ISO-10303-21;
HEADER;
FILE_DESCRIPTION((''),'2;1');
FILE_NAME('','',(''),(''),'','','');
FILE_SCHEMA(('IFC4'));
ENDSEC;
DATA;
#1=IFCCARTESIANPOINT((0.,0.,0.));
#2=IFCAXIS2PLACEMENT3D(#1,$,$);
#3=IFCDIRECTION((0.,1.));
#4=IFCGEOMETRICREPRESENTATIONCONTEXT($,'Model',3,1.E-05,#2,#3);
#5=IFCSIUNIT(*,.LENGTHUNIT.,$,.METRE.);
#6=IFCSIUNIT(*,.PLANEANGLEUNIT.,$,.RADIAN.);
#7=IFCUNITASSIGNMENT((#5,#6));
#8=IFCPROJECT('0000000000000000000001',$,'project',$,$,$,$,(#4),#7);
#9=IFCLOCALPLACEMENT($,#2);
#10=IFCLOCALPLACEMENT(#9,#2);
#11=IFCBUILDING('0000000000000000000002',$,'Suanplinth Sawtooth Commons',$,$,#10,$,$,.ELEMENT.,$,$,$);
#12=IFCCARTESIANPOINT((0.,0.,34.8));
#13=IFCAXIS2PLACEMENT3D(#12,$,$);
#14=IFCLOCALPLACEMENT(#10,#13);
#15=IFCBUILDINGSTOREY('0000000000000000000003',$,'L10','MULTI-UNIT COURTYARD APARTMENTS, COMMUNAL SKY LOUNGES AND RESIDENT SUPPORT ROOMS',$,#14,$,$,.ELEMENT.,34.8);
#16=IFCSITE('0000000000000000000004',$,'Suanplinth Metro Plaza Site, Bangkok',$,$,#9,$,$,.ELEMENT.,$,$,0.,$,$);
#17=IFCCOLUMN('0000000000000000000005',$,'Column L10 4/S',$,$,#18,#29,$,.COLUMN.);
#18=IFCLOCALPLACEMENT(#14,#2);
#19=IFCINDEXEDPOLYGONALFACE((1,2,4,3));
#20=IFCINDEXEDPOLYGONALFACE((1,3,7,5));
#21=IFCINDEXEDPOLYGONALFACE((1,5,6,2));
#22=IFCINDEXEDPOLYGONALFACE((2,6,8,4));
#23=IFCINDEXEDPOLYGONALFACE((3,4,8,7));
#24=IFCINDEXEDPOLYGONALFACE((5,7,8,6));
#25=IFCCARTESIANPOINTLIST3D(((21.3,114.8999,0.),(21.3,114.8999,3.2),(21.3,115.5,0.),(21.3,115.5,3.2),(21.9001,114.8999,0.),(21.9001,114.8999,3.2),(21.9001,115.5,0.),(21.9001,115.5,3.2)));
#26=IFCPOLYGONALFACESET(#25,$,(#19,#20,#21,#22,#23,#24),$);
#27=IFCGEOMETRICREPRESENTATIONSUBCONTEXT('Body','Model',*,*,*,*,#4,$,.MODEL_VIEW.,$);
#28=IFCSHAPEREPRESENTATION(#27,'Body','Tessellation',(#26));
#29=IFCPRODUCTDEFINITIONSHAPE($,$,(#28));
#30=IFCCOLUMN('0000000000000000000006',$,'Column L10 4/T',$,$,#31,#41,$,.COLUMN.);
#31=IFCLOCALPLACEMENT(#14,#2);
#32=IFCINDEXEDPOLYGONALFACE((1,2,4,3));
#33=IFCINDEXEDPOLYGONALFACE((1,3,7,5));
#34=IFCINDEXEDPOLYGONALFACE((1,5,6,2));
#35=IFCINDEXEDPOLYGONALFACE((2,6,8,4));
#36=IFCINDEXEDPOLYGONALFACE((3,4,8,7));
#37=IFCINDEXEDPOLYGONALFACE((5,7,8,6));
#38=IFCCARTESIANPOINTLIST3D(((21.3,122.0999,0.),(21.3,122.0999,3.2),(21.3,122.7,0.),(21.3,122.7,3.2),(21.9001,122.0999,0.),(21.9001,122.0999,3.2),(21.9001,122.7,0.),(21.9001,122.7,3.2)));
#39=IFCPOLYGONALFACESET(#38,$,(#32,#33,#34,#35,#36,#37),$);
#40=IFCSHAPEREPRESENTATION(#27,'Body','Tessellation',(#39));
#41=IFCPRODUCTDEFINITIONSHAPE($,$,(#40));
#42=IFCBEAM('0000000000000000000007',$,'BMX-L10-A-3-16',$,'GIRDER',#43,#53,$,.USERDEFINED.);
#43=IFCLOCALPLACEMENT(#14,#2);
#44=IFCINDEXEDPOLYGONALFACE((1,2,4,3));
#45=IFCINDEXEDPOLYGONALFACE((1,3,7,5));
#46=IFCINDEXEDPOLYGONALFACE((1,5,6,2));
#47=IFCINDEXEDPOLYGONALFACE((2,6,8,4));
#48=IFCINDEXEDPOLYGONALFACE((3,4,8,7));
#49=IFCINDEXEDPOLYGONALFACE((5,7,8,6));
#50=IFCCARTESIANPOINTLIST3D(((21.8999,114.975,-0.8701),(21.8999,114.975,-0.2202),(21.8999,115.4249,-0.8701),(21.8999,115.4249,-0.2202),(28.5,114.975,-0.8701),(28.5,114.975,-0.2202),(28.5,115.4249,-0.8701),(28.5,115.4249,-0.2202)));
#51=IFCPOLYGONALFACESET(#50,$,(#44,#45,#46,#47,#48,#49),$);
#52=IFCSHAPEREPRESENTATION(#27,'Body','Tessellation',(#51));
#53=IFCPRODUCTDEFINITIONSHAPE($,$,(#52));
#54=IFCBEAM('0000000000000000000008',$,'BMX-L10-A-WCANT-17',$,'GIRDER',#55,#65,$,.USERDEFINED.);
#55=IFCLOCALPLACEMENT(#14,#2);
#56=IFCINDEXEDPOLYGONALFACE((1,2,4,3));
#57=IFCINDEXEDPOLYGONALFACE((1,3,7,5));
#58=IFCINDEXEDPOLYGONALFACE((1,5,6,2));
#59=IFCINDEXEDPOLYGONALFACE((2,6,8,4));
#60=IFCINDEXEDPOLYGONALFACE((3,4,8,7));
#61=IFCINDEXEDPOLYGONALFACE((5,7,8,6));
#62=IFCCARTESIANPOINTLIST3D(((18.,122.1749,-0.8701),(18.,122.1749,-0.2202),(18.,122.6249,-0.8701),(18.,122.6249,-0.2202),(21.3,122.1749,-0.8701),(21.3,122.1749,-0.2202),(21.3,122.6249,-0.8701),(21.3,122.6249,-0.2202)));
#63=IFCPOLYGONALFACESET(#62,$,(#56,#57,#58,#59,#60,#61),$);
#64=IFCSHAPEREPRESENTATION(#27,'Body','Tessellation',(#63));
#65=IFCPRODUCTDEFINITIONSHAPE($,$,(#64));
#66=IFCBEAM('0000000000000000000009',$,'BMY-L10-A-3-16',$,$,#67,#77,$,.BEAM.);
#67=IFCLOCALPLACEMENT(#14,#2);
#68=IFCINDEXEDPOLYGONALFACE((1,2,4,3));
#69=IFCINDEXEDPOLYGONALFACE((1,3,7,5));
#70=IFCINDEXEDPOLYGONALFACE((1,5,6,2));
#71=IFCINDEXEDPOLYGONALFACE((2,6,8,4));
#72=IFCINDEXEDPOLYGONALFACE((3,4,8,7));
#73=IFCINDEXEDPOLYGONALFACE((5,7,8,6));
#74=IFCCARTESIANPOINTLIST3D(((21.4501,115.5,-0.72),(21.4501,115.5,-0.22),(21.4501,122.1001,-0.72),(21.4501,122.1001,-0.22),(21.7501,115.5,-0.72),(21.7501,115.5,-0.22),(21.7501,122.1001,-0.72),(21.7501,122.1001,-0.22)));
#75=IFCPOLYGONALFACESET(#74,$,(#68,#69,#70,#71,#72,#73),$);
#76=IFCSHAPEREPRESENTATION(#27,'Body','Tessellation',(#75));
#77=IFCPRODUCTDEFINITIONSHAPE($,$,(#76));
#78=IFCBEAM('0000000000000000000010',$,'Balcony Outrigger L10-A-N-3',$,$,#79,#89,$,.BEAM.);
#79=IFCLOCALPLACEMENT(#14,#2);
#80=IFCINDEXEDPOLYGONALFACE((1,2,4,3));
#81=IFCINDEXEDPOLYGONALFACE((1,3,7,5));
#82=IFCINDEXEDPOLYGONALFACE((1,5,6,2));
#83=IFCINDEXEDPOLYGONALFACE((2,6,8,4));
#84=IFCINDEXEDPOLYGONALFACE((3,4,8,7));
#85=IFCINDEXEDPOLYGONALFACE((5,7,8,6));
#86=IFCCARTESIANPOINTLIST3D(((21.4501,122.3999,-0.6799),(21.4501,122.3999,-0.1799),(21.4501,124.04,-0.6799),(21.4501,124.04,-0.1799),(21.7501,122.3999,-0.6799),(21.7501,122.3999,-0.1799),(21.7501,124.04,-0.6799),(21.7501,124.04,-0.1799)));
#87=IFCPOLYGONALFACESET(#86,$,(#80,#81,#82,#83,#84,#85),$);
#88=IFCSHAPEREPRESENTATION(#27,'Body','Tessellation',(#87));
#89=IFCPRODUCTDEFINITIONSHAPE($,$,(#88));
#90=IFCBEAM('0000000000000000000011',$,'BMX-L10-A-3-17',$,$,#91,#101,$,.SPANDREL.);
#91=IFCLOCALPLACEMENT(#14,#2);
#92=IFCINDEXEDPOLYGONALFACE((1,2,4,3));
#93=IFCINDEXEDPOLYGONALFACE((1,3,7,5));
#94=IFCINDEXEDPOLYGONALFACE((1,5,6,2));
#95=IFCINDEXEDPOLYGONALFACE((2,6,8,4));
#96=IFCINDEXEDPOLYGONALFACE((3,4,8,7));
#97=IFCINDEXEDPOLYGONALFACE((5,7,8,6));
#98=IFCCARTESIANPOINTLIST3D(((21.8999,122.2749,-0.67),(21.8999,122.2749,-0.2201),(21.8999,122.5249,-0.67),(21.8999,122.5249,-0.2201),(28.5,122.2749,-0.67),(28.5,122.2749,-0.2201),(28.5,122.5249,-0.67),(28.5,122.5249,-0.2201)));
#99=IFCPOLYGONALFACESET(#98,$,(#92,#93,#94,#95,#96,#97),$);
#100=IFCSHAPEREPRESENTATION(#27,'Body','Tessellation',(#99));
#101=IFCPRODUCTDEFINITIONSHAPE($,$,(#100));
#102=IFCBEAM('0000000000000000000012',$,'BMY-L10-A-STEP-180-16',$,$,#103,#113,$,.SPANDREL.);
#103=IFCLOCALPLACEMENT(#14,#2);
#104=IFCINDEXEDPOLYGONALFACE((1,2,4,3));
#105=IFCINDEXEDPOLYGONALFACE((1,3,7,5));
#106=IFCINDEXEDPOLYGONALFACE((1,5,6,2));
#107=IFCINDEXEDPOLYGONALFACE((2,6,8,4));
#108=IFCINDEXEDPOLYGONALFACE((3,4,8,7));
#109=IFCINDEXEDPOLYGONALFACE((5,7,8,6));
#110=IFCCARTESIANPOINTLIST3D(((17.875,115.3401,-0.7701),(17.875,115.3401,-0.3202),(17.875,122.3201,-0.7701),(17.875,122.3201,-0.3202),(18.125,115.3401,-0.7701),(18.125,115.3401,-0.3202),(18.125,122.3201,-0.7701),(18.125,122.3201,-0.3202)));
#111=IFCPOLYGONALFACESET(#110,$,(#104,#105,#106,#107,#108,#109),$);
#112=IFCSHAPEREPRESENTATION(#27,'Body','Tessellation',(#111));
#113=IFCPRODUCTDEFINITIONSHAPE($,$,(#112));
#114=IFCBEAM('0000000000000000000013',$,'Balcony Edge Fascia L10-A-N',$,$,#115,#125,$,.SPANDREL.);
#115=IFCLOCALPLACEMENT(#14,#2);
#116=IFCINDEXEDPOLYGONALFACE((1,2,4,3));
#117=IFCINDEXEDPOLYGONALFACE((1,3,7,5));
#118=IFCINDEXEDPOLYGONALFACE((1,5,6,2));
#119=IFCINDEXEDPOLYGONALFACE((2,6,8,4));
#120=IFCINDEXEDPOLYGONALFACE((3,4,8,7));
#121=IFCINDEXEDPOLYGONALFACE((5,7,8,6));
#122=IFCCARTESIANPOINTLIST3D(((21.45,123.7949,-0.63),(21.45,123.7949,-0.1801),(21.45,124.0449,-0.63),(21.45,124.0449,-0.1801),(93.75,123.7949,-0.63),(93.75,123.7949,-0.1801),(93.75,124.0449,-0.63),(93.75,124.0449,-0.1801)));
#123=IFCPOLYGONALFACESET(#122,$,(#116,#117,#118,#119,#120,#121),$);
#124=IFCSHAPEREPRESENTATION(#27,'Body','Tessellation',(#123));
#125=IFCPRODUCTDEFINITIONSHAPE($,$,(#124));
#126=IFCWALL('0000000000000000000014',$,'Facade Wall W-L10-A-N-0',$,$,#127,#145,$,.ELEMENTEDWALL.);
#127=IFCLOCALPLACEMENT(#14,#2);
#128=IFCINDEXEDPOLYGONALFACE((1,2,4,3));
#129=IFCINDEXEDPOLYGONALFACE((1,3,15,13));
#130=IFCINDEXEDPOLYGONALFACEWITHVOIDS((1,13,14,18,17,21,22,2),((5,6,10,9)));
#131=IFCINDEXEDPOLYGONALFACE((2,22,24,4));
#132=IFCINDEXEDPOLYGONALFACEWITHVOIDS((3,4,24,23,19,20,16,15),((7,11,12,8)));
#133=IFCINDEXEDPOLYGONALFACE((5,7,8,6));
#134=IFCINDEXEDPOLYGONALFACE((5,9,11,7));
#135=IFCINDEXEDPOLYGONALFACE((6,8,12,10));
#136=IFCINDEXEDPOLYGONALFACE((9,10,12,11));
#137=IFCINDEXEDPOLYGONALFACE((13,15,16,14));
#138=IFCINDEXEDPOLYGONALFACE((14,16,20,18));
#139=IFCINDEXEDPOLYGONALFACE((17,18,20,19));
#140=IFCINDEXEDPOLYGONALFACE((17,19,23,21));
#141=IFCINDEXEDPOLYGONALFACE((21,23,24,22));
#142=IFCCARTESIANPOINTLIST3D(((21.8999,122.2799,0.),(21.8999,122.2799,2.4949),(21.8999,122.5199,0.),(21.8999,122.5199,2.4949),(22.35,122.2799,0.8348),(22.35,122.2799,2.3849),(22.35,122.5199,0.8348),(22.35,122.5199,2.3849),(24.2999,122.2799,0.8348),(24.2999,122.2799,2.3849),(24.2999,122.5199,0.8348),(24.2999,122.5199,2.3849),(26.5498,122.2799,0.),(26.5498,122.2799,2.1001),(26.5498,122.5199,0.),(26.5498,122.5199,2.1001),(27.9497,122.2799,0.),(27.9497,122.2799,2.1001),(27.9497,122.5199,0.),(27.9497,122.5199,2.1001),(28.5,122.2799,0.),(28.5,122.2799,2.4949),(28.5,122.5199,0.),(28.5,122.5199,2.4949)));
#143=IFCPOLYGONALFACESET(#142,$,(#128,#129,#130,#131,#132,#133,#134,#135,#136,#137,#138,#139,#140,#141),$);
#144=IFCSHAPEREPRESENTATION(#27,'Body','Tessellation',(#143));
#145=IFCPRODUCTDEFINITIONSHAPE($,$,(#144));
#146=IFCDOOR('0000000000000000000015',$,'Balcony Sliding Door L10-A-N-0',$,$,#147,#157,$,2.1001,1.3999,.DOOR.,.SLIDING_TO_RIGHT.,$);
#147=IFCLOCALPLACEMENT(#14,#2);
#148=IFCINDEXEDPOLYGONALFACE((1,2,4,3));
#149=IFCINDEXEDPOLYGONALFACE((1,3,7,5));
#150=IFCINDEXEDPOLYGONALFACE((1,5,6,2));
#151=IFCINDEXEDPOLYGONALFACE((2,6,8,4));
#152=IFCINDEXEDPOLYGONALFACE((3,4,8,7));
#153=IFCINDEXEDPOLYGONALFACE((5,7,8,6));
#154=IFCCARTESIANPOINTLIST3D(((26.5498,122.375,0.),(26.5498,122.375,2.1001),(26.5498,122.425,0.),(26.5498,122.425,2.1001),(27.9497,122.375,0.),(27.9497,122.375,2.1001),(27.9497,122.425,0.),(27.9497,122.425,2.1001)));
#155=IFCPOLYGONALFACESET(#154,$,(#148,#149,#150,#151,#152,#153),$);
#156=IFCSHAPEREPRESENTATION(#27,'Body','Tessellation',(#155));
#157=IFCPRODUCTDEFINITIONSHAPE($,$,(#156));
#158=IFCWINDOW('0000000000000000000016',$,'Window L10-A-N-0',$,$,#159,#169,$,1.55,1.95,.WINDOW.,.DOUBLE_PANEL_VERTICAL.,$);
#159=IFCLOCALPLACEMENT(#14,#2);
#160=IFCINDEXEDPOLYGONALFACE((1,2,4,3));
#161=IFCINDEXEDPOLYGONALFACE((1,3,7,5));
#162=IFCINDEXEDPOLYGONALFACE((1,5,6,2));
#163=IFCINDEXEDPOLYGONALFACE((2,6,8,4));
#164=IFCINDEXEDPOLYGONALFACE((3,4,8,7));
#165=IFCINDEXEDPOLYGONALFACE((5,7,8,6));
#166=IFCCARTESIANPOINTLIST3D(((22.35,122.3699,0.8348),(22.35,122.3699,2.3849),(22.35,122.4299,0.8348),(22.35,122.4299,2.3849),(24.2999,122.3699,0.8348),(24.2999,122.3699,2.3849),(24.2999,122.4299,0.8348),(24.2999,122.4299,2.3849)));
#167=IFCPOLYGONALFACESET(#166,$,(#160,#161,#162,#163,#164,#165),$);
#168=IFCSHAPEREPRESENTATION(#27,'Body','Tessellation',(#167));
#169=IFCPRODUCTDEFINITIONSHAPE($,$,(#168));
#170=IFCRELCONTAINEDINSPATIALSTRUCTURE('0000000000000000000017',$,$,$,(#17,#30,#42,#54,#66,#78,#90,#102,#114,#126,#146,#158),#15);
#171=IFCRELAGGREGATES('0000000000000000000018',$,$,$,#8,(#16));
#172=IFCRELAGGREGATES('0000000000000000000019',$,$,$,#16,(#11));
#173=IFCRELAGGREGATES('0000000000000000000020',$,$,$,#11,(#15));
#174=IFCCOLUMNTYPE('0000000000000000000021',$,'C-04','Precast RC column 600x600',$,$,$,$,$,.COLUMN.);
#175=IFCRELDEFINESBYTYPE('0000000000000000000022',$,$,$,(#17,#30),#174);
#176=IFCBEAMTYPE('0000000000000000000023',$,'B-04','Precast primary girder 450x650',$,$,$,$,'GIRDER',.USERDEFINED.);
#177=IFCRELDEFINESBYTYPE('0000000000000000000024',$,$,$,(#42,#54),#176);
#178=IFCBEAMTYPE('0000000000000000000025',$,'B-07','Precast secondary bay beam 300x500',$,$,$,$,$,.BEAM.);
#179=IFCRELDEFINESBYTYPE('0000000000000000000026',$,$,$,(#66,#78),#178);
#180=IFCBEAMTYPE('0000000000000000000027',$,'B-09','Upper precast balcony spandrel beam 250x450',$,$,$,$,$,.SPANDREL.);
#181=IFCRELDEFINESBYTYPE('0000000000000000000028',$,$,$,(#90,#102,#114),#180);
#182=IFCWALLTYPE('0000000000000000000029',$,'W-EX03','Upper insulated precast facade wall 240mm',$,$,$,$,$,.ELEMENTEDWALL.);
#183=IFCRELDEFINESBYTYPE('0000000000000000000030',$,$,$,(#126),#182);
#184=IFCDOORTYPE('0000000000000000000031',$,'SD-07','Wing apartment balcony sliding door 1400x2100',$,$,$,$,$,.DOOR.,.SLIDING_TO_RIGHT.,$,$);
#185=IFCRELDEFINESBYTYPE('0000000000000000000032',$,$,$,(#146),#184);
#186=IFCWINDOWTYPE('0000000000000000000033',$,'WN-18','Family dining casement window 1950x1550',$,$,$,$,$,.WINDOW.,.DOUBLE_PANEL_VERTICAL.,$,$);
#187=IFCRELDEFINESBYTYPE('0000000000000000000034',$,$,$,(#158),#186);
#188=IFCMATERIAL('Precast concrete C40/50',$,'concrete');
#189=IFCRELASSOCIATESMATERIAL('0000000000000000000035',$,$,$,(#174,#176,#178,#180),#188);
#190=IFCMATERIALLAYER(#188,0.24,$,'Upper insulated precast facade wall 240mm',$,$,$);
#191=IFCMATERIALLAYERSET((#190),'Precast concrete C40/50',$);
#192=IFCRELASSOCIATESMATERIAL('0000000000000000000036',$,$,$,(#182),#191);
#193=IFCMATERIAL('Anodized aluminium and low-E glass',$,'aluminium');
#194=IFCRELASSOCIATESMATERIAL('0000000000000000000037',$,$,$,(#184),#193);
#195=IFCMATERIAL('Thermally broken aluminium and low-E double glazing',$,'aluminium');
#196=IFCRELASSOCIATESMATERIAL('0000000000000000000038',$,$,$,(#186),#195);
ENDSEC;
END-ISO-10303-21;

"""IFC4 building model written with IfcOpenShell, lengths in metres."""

from ifc_helpers import new_model, si_unit, direction, frame, frame_2d, origin, origin_2d, place, context, subcontext, project, spatial, rectangle, extrude, material, layer, layer_set, material_profile, profile_set, type_object, element, fill, save


model = new_model("IFC4")

# Units and contexts
model_context = context("Model", 3, precision=1e-05, world=origin(), true_north=direction((0.0, 1.0)))
body_context = subcontext(model_context, "Body", "Model", "MODEL_VIEW")
ifc_project = project(units=[si_unit("LENGTHUNIT", "METRE"), si_unit("PLANEANGLEUNIT", "RADIAN")], contexts=[model_context])

# Site, building, storey
site_placement = place(None, origin())
site = spatial("IfcSite", under=ifc_project, at=site_placement, Name="Suanplinth Metro Plaza Site, Bangkok", CompositionType="ELEMENT", RefElevation=0.0)
building_placement = place(site_placement, origin())
building = spatial("IfcBuilding", under=site, at=building_placement, Name="Suanplinth Sawtooth Commons", CompositionType="ELEMENT")
storey_placement = place(building_placement, frame((0.0, 0.0, 34.8)))
storey = spatial("IfcBuildingStorey", under=building, at=storey_placement, Name="L10", Description="MULTI-UNIT COURTYARD APARTMENTS, COMMUNAL SKY LOUNGES AND RESIDENT SUPPORT ROOMS", CompositionType="ELEMENT", Elevation=34.8)

# Columns
ifc_material_1 = material(Name="Precast concrete C40/50", Category="concrete")
ifc_material_profile_1 = material_profile(ifc_material_1, rectangle(XDim=0.6001, YDim=0.6001, at=origin_2d()), Name="PC-COL 600x600")
ifc_profile_set_1 = profile_set([ifc_material_profile_1], Name="Precast concrete C40/50")
column_type = type_object("IfcColumnType", Name="C-04", Description="Precast RC column 600x600", PredefinedType="COLUMN", material=ifc_profile_set_1)
for number, where, z_axis, x_axis, name in (
    (1, (21.6001, 115.2, 0.0), (0.0, 0.0, 1.0), (1.0, 0.0, 0.0), "Column L10 4/S"),
    (2, (21.6001, 122.3999, 0.0), (0.0, 0.0, 1.0), (1.0, 0.0, 0.0), "Column L10 4/T"),
):
    element("IfcColumn", number, at=place(storey_placement, frame(where, z_axis=z_axis, x_axis=x_axis)), inside=storey, type_object=column_type, Name=name, PredefinedType="COLUMN", context=body_context, shape_type="SweptSolid", body=[
        extrude(rectangle(XDim=0.6001, YDim=0.6001, at=origin_2d()), origin(), (0.0, 0.0, 1.0), 3.2),
    ])

# Beams
ifc_material_profile_2 = material_profile(ifc_material_1, rectangle(XDim=0.45, YDim=0.6499, at=origin_2d()), Name="PC-GDR 450x650")
ifc_profile_set_2 = profile_set([ifc_material_profile_2], Name="Precast concrete C40/50")
beam_type_1 = type_object("IfcBeamType", Name="B-04", Description="Precast primary girder 450x650", ElementType="GIRDER", PredefinedType="USERDEFINED", material=ifc_profile_set_2)
beam_1_placement = place(storey_placement, frame((21.8999, 115.2, -0.5452), z_axis=(1.0, 0.0, 0.0), x_axis=(0.0, 1.0, 0.0)))
element("IfcBeam", 3, at=beam_1_placement, inside=storey, type_object=beam_type_1, Name="BMX-L10-A-3-16", ObjectType="GIRDER", PredefinedType="USERDEFINED", context=body_context, shape_type="SweptSolid", body=[
    extrude(rectangle(XDim=0.45, YDim=0.6499, at=origin_2d()), origin(), (0.0, 0.0, 1.0), 6.6001),
])
beam_2_placement = place(storey_placement, frame((21.3, 122.3999, -0.5452), z_axis=(-1.0, 0.0, 0.0), x_axis=(0.0, -1.0, 0.0)))
element("IfcBeam", 4, at=beam_2_placement, inside=storey, type_object=beam_type_1, Name="BMX-L10-A-WCANT-17", ObjectType="GIRDER", PredefinedType="USERDEFINED", context=body_context, shape_type="SweptSolid", body=[
    extrude(rectangle(XDim=0.45, YDim=0.6499, at=origin_2d()), origin(), (0.0, 0.0, 1.0), 3.3),
])
ifc_material_profile_3 = material_profile(ifc_material_1, rectangle(XDim=0.3, YDim=0.5, at=origin_2d()), Name="PC-BM 300x500")
ifc_profile_set_3 = profile_set([ifc_material_profile_3], Name="Precast concrete C40/50")
beam_type_2 = type_object("IfcBeamType", Name="B-07", Description="Precast secondary bay beam 300x500", PredefinedType="BEAM", material=ifc_profile_set_3)
beam_3_placement = place(storey_placement, frame((21.6001, 115.5, -0.47), z_axis=(0.0, 1.0, 0.0), x_axis=(-1.0, 0.0, 0.0)))
element("IfcBeam", 5, at=beam_3_placement, inside=storey, type_object=beam_type_2, Name="BMY-L10-A-3-16", PredefinedType="BEAM", context=body_context, shape_type="SweptSolid", body=[
    extrude(rectangle(XDim=0.3, YDim=0.5, at=origin_2d()), origin(), (0.0, 0.0, 1.0), 6.6001),
])
beam_4_placement = place(storey_placement, frame((21.6001, 122.3999, -0.4299), z_axis=(0.0, 1.0, 0.0), x_axis=(-1.0, 0.0, 0.0)))
element("IfcBeam", 6, at=beam_4_placement, inside=storey, type_object=beam_type_2, Name="Balcony Outrigger L10-A-N-3", PredefinedType="BEAM", context=body_context, shape_type="SweptSolid", body=[
    extrude(rectangle(XDim=0.3, YDim=0.5, at=origin_2d()), origin(), (0.0, 0.0, 1.0), 1.6401),
])
ifc_material_profile_4 = material_profile(ifc_material_1, rectangle(XDim=0.25, YDim=0.45, at=origin_2d()), Name="PC-SP 250x450")
ifc_profile_set_4 = profile_set([ifc_material_profile_4], Name="Precast concrete C40/50")
beam_type_3 = type_object("IfcBeamType", Name="B-09", Description="Upper precast balcony spandrel beam 250x450", PredefinedType="SPANDREL", material=ifc_profile_set_4)
beam_5_placement = place(storey_placement, frame((21.8999, 122.3999, -0.4451), z_axis=(1.0, 0.0, 0.0), x_axis=(0.0, 1.0, 0.0)))
element("IfcBeam", 7, at=beam_5_placement, inside=storey, type_object=beam_type_3, Name="BMX-L10-A-3-17", PredefinedType="SPANDREL", context=body_context, shape_type="SweptSolid", body=[
    extrude(rectangle(XDim=0.25, YDim=0.45, at=origin_2d()), origin(), (0.0, 0.0, 1.0), 6.6001),
])
beam_6_placement = place(storey_placement, frame((18.0, 115.3401, -0.5452), z_axis=(0.0, 1.0, 0.0), x_axis=(-1.0, 0.0, 0.0)))
element("IfcBeam", 8, at=beam_6_placement, inside=storey, type_object=beam_type_3, Name="BMY-L10-A-STEP-180-16", PredefinedType="SPANDREL", context=body_context, shape_type="SweptSolid", body=[
    extrude(rectangle(XDim=0.25, YDim=0.45, at=origin_2d()), origin(), (0.0, 0.0, 1.0), 6.98),
])
beam_7_placement = place(storey_placement, frame((21.45, 123.9199, -0.405), z_axis=(1.0, 0.0, 0.0), x_axis=(0.0, 1.0, 0.0)))
element("IfcBeam", 9, at=beam_7_placement, inside=storey, type_object=beam_type_3, Name="Balcony Edge Fascia L10-A-N", PredefinedType="SPANDREL", context=body_context, shape_type="SweptSolid", body=[
    extrude(rectangle(XDim=0.25, YDim=0.45, at=origin_2d()), origin(), (0.0, 0.0, 1.0), 72.3),
])

# Wall, openings, door, window
ifc_layer_1 = layer(ifc_material_1, 0.24, Name="Upper insulated precast facade wall 240mm")
ifc_layer_set_1 = layer_set([ifc_layer_1], Name="Precast concrete C40/50")
wall_type_1 = type_object("IfcWallType", Name="W-EX03", Description="Upper insulated precast facade wall 240mm", PredefinedType="ELEMENTEDWALL", material=ifc_layer_set_1)
wall_1_placement = place(storey_placement, frame((21.8999, 122.3999, 0.0), z_axis=(0.0, 0.0, 1.0), x_axis=(1.0, 0.0, 0.0)))
wall_1 = element("IfcWall", 10, at=wall_1_placement, inside=storey, type_object=wall_type_1, Name="Facade Wall W-L10-A-N-0", PredefinedType="ELEMENTEDWALL", context=body_context, shape_type="SweptSolid", body=[
    extrude(rectangle(XDim=6.6001, YDim=0.24, at=frame_2d((3.3, 0.0))), origin(), (0.0, 0.0, 1.0), 2.4949),
])
opening_1_placement = place(wall_1_placement, frame((4.6499, 0.0, 0.0)))
opening_1 = element("IfcOpeningElement", 11, at=opening_1_placement, cuts=wall_1, PredefinedType="OPENING", context=body_context, shape_type="SweptSolid", body=[
    extrude(rectangle(XDim=1.3999, YDim=2.1001, at=frame_2d((0.7, 1.05))), frame((0.0, 0.1348, 0.0), z_axis=(0.0, -1.0, 0.0), x_axis=(1.0, 0.0, 0.0)), (0.0, 0.0, 1.0), 0.2698),
])
opening_2_placement = place(wall_1_placement, frame((0.45, 0.0, 0.835)))
opening_2 = element("IfcOpeningElement", 12, at=opening_2_placement, cuts=wall_1, PredefinedType="OPENING", context=body_context, shape_type="SweptSolid", body=[
    extrude(rectangle(XDim=1.95, YDim=1.55, at=frame_2d((0.9751, 0.7749))), frame((0.0, 0.1348, 0.0), z_axis=(0.0, -1.0, 0.0), x_axis=(1.0, 0.0, 0.0)), (0.0, 0.0, 1.0), 0.2698),
])
ifc_material_2 = material(Name="Anodized aluminium and low-E glass", Category="aluminium")
door_type_1 = type_object("IfcDoorType", Name="SD-07", Description="Wing apartment balcony sliding door 1400x2100", OperationType="SLIDING_TO_RIGHT", PredefinedType="DOOR", material=ifc_material_2)
door_1_placement = place(opening_1_placement, frame((1.3999, 0.0, 0.0), z_axis=(0.0, 0.0, 1.0), x_axis=(-1.0, 0.0, 0.0)))
door_1 = element("IfcDoor", 13, at=door_1_placement, inside=storey, type_object=door_type_1, Name="Balcony Sliding Door L10-A-N-0", OperationType="SLIDING_TO_RIGHT", OverallHeight=2.1001, OverallWidth=1.3999, PredefinedType="DOOR", context=body_context, shape_type="SweptSolid", body=[
    extrude(rectangle(XDim=1.3999, YDim=2.1001, at=frame_2d((0.7, 1.05))), frame((0.0, 0.0249, 0.0), z_axis=(0.0, -1.0, 0.0), x_axis=(1.0, 0.0, 0.0)), (0.0, 0.0, 1.0), 0.05),
])
fill(opening_1, door_1)
ifc_material_3 = material(Name="Thermally broken aluminium and low-E double glazing", Category="aluminium")
window_type = type_object("IfcWindowType", Name="WN-18", Description="Family dining casement window 1950x1550", PartitioningType="DOUBLE_PANEL_VERTICAL", PredefinedType="WINDOW", material=ifc_material_3)
window_placement = place(opening_2_placement, origin())
window = element("IfcWindow", 14, at=window_placement, inside=storey, type_object=window_type, Name="Window L10-A-N-0", OverallHeight=1.55, OverallWidth=1.95, PartitioningType="DOUBLE_PANEL_VERTICAL", PredefinedType="WINDOW", context=body_context, shape_type="SweptSolid", body=[
    extrude(rectangle(XDim=1.95, YDim=1.55, at=frame_2d((0.9751, 0.7749))), frame((0.0, 0.03, 0.0), z_axis=(0.0, -1.0, 0.0), x_axis=(1.0, 0.0, 0.0)), (0.0, 0.0, 1.0), 0.0601),
])
fill(opening_2, window)

save(model, "model.ifc")
